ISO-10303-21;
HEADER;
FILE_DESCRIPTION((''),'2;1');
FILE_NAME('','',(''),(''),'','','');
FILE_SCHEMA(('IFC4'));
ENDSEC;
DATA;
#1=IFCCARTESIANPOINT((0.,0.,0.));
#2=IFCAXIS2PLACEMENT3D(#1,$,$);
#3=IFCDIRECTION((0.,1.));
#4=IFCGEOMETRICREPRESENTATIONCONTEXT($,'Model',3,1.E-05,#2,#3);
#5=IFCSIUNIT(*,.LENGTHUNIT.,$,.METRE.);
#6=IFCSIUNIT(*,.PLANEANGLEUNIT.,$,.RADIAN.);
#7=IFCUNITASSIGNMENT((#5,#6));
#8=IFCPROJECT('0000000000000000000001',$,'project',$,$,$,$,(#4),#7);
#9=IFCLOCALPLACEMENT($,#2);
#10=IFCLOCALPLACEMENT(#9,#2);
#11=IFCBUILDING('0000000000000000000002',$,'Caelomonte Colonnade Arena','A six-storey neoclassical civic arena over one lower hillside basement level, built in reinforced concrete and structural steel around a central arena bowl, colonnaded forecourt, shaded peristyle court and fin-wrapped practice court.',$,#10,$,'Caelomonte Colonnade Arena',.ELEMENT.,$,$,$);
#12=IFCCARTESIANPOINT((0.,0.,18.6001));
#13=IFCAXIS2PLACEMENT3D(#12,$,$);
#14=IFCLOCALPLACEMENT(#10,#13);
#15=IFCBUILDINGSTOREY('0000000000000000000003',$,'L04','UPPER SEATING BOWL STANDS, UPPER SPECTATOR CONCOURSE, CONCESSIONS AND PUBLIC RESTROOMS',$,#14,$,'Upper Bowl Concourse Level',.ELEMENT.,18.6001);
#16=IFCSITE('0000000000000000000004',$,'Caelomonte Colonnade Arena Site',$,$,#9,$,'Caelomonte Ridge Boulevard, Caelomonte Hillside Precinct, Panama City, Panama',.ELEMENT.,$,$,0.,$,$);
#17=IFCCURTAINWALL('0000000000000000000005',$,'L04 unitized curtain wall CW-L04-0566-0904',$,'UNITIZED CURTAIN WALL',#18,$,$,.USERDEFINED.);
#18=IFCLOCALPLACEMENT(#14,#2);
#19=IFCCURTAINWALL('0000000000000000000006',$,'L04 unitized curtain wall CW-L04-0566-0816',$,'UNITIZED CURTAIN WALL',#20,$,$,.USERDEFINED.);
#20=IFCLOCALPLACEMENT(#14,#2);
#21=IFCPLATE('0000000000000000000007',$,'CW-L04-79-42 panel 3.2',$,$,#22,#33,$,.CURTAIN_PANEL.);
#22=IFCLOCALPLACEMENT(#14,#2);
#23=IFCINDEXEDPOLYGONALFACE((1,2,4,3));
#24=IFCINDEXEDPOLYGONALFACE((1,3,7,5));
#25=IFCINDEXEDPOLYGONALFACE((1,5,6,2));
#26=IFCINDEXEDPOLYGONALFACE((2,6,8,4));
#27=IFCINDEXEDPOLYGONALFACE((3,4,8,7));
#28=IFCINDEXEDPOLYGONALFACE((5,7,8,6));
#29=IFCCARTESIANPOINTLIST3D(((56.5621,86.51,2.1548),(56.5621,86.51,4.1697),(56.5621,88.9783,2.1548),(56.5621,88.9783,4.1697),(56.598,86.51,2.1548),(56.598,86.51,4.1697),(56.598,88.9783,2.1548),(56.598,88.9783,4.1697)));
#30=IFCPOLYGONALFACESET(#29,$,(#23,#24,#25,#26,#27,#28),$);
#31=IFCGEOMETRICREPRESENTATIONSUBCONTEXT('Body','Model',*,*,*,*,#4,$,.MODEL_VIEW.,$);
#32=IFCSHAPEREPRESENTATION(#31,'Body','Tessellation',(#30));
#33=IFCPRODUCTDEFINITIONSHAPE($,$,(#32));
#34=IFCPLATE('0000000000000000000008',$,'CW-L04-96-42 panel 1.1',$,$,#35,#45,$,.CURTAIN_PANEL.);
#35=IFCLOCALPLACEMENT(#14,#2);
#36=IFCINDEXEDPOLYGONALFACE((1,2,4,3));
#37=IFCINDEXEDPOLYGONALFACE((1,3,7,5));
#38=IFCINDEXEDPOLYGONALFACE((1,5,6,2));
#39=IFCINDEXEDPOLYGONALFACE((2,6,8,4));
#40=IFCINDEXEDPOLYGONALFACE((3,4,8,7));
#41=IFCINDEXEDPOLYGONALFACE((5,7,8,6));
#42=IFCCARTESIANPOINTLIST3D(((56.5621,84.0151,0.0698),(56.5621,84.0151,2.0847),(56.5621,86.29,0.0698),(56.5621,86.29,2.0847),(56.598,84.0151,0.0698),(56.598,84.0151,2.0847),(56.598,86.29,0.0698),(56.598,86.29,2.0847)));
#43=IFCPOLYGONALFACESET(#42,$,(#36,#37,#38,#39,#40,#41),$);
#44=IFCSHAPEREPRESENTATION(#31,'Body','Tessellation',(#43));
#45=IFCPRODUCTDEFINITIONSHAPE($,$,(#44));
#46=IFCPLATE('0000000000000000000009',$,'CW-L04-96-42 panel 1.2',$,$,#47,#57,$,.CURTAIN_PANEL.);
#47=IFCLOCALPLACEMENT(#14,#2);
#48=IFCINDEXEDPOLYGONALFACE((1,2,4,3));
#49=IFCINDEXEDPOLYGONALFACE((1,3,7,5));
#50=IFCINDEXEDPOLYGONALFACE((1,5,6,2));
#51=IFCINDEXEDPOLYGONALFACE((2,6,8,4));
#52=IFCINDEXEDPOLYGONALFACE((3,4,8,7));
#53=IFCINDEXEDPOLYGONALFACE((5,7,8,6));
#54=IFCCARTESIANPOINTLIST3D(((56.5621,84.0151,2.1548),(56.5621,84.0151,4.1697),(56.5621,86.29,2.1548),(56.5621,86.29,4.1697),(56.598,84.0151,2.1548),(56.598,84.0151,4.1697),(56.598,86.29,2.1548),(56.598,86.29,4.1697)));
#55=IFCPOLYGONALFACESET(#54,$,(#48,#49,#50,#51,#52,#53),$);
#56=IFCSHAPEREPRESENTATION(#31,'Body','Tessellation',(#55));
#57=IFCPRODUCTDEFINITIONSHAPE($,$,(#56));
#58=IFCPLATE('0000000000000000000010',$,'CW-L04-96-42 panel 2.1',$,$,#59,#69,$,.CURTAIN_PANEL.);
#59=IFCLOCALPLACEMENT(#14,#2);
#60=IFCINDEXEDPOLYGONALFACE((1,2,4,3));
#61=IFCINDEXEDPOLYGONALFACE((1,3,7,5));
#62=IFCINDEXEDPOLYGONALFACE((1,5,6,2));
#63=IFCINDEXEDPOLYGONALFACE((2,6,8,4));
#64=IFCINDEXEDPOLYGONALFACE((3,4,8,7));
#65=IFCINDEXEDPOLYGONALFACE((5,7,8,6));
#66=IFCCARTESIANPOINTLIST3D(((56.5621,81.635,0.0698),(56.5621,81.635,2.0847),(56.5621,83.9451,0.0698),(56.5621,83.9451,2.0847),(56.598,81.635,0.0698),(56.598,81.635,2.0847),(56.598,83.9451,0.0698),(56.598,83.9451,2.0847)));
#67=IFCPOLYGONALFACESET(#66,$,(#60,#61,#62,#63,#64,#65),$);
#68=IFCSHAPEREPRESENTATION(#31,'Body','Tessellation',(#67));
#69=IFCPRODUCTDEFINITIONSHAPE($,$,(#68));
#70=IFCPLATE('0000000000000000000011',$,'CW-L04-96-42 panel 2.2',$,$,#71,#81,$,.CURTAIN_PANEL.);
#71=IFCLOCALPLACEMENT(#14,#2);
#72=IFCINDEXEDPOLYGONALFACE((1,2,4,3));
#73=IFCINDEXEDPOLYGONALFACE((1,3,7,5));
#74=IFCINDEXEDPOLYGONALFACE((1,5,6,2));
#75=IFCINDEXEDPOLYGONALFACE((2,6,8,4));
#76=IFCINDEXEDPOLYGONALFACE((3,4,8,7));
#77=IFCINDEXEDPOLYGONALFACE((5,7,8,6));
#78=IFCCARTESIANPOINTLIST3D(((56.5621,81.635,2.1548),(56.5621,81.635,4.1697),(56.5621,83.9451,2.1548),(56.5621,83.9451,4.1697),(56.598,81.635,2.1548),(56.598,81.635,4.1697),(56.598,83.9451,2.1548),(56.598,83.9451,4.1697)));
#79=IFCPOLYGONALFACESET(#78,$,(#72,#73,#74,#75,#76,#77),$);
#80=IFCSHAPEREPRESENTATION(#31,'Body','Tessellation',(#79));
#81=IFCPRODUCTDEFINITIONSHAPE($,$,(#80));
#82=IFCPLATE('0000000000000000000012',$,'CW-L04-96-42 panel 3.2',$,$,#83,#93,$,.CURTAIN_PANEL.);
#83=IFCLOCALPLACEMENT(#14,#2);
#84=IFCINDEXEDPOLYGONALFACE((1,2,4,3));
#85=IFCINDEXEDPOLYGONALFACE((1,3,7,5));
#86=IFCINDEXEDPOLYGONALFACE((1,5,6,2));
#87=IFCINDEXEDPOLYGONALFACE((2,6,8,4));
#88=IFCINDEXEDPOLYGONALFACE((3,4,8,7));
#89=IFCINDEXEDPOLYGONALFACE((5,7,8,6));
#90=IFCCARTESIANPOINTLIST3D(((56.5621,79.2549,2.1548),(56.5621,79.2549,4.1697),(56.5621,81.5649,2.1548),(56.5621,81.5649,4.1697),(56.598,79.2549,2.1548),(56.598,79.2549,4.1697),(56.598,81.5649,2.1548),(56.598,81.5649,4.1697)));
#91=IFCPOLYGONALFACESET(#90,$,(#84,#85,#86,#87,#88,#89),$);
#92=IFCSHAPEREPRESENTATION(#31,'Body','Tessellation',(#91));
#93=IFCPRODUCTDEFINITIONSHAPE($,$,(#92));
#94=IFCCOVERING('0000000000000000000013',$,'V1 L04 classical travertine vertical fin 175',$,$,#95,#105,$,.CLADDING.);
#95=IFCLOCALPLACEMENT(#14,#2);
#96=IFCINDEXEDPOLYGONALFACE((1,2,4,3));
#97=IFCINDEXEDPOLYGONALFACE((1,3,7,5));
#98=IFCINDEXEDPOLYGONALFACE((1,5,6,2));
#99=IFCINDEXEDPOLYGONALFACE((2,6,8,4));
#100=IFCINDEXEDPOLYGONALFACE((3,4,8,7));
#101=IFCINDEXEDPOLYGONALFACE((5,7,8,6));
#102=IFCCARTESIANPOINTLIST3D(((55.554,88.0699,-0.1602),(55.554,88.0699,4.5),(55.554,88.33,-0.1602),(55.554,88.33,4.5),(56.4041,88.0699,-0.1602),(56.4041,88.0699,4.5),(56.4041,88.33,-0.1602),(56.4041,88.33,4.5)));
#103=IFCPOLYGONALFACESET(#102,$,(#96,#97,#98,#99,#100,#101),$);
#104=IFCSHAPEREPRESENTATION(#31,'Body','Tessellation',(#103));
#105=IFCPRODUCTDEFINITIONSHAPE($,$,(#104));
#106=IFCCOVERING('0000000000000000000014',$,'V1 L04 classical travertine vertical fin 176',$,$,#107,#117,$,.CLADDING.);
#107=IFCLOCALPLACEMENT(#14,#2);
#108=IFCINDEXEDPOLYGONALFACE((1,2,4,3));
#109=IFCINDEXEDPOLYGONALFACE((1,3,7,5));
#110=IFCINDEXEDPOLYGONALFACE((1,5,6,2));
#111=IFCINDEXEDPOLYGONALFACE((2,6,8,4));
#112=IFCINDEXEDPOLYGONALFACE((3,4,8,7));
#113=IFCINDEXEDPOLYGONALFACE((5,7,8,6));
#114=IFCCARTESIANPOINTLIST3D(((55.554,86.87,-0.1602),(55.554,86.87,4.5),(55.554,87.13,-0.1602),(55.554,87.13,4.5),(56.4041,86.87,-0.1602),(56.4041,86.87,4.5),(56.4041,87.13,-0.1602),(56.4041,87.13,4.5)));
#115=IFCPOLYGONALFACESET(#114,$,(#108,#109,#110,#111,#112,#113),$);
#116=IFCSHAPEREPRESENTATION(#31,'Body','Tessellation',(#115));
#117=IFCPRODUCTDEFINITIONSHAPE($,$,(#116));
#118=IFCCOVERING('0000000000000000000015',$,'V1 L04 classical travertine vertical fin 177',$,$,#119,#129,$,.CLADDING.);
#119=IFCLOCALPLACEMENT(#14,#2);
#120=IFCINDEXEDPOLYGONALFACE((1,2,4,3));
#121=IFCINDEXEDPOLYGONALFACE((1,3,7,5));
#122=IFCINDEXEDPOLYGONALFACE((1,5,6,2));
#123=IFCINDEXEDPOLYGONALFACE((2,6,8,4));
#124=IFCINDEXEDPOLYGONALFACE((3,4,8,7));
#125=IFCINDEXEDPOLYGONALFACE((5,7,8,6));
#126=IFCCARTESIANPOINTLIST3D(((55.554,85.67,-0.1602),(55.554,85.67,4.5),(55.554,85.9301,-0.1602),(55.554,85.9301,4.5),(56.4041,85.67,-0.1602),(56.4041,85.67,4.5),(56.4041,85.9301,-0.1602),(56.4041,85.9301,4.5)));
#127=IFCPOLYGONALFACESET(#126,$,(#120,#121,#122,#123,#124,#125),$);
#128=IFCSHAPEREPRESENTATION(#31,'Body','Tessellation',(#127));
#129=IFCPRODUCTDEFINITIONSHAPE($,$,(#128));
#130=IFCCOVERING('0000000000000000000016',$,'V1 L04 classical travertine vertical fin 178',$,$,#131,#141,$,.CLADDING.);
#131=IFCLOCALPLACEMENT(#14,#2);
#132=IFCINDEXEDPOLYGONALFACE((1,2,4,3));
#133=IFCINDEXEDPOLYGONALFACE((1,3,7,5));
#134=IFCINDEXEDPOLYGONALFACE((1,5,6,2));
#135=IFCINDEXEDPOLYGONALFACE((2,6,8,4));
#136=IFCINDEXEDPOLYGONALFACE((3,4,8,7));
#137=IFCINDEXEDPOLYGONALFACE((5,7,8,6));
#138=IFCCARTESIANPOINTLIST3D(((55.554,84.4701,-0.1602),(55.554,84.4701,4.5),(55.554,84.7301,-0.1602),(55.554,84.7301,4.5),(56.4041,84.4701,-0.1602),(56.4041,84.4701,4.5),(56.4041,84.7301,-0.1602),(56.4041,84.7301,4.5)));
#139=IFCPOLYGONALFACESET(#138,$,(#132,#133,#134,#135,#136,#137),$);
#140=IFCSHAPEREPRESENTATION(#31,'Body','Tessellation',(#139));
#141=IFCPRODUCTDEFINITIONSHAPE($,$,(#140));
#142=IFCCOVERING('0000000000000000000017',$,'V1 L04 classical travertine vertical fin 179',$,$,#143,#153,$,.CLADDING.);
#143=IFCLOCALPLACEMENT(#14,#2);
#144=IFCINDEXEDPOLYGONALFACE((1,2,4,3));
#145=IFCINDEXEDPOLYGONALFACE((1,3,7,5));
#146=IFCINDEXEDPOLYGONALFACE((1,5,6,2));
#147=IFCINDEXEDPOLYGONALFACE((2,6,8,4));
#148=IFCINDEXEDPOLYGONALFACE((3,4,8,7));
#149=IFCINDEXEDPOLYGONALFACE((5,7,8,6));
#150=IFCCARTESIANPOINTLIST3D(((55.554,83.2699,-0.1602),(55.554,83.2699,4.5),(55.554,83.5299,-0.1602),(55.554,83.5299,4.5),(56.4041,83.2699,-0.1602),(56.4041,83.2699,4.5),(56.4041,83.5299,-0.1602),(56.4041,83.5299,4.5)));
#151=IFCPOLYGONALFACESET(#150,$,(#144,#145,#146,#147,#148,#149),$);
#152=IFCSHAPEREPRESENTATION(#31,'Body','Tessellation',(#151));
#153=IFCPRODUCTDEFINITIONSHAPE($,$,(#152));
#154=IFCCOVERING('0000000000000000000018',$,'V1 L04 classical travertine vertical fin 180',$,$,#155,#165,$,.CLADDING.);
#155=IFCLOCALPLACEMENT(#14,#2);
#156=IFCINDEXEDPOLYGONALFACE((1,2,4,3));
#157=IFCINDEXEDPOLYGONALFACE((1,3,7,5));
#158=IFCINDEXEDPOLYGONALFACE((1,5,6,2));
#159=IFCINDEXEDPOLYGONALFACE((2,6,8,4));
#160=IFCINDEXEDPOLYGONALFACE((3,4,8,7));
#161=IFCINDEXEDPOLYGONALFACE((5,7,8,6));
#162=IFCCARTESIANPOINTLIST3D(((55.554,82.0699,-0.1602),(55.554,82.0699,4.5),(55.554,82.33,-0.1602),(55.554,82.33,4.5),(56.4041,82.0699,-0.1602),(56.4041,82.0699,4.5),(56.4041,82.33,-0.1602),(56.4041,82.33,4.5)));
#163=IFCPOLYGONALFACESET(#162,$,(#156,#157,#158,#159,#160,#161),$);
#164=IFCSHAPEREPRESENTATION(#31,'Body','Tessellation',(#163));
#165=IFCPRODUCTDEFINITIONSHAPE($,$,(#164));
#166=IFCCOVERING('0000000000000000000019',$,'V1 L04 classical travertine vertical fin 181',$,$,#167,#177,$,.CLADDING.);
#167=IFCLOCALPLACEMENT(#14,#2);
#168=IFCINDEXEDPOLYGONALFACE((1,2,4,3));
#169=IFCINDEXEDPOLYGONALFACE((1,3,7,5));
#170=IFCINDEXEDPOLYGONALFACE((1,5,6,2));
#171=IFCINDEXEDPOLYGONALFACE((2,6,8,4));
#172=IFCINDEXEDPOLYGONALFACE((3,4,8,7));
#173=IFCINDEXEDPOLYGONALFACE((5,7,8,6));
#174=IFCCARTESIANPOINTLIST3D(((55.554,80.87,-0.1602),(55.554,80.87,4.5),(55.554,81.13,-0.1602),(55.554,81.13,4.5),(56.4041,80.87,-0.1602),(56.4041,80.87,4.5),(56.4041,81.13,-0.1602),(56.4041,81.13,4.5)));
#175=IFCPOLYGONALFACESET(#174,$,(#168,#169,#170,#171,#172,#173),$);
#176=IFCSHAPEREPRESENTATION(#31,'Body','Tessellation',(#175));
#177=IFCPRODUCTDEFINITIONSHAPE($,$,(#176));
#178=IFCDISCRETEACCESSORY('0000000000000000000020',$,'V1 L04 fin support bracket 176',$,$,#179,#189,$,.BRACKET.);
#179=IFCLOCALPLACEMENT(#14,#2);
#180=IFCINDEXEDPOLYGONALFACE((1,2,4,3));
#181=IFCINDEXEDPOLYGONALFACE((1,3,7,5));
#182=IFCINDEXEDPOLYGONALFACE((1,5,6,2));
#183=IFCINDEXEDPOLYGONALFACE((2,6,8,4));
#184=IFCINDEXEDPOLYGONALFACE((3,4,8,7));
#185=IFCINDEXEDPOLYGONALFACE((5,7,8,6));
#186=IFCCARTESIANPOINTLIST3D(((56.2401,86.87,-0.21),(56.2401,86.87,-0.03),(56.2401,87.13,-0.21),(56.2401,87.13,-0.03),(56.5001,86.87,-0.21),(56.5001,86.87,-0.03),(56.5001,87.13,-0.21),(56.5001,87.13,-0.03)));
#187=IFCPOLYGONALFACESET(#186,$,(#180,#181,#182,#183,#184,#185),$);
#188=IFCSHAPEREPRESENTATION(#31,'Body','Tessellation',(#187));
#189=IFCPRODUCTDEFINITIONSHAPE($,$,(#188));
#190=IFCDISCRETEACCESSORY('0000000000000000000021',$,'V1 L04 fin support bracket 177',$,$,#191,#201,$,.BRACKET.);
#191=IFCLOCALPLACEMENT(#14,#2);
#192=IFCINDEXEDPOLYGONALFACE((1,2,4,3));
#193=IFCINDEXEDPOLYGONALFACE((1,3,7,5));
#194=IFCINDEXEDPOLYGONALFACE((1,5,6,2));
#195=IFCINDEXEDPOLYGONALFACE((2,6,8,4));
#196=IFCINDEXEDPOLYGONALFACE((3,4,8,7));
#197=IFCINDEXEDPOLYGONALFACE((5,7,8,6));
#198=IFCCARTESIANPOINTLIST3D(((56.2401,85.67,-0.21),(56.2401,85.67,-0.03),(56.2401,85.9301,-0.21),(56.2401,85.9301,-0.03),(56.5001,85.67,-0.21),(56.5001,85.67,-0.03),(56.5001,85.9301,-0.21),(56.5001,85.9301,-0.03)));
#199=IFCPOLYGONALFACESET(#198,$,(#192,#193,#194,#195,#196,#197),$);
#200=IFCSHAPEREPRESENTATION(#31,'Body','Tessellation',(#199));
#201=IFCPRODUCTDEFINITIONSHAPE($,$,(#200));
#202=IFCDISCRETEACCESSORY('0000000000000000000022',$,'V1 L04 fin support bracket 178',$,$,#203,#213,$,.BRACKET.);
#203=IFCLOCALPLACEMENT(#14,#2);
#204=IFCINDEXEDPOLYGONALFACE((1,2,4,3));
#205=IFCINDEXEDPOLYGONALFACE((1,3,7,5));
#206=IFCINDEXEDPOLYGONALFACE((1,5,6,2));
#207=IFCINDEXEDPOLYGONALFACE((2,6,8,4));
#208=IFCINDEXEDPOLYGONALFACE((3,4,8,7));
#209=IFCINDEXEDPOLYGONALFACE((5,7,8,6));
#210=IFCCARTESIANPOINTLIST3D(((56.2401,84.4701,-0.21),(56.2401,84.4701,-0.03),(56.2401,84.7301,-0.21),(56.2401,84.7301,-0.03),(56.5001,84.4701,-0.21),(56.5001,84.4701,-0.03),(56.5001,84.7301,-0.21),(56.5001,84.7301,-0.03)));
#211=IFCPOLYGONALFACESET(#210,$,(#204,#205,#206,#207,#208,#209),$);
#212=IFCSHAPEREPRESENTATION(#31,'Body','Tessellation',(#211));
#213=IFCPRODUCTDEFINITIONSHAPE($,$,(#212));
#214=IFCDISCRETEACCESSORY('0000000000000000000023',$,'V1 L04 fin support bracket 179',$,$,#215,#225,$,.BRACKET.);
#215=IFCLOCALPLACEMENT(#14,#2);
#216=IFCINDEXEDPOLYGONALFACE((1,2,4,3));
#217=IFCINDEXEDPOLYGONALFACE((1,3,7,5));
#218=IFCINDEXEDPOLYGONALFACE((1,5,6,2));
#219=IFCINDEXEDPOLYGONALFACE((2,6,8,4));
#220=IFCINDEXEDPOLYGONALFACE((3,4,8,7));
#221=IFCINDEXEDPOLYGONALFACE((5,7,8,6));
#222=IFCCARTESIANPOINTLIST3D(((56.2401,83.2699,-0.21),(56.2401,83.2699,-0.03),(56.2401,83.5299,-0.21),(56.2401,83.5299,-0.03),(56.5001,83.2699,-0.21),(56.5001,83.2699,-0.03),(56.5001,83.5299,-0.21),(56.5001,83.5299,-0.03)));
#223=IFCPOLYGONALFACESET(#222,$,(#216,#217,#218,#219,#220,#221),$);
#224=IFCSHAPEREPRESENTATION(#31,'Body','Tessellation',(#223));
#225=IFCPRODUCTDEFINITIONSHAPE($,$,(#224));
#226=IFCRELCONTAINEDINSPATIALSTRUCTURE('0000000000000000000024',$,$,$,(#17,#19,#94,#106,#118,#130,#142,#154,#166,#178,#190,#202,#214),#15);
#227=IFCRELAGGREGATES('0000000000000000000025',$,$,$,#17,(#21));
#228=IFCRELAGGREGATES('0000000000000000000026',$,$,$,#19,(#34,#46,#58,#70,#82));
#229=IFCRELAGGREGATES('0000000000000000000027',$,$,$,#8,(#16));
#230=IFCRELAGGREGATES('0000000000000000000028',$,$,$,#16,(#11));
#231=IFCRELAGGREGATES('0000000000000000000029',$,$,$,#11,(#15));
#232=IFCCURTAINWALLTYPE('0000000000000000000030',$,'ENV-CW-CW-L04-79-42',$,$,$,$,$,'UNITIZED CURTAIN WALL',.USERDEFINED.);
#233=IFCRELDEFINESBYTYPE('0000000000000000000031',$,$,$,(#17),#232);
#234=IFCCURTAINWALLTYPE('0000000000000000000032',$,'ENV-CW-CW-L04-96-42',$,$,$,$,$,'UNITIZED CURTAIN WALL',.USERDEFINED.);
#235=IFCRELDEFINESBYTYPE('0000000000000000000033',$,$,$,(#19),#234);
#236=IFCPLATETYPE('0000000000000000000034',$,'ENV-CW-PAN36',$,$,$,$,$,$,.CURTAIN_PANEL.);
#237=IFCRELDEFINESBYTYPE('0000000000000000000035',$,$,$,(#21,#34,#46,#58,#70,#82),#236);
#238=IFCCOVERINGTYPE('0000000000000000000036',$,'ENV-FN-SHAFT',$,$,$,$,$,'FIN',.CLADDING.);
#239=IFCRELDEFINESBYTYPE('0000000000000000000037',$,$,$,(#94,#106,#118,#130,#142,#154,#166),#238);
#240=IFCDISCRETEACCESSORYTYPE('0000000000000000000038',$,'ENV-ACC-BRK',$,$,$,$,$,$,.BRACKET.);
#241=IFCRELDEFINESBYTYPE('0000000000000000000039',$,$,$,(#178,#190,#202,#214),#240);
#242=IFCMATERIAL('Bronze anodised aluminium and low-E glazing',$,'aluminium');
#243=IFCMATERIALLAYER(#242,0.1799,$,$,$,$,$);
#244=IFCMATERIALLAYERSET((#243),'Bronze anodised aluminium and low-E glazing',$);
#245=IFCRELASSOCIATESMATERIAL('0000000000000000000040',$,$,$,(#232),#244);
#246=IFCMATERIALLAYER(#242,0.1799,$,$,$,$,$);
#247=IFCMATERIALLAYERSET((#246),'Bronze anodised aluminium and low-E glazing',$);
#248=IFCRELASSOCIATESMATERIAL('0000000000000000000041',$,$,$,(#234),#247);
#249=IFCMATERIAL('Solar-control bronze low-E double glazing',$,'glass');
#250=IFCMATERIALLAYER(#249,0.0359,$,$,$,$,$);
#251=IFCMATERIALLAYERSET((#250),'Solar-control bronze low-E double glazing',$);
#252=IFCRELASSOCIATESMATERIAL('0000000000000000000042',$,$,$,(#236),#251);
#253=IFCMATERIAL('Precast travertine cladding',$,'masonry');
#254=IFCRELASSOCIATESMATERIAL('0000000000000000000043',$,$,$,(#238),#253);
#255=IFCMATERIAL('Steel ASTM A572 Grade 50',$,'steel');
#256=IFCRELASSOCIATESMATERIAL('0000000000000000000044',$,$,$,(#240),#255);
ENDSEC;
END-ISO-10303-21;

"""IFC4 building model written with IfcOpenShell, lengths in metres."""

from ifc_helpers import new_model, si_unit, direction, frame, origin, origin_2d, place, context, subcontext, project, spatial, rectangle, extrude, material, layer, layer_set, material_profile, profile_set, type_object, element, aggregate, save


model = new_model("IFC4")

# Units and contexts
model_context = context("Model", 3, precision=1e-05, world=origin(), true_north=direction((0.0, 1.0)))
body_context = subcontext(model_context, "Body", "Model", "MODEL_VIEW")
ifc_project = project(units=[si_unit("LENGTHUNIT", "METRE"), si_unit("PLANEANGLEUNIT", "RADIAN")], contexts=[model_context])

# Site, building, storey
site_placement = place(None, origin())
site = spatial("IfcSite", under=ifc_project, at=site_placement, Name="Caelomonte Colonnade Arena Site", LongName="Caelomonte Ridge Boulevard, Caelomonte Hillside Precinct, Panama City, Panama", CompositionType="ELEMENT", RefElevation=0.0)
building_placement = place(site_placement, origin())
building = spatial("IfcBuilding", under=site, at=building_placement, Name="Caelomonte Colonnade Arena", Description="A six-storey neoclassical civic arena over one lower hillside basement level, built in reinforced concrete and structural steel around a central arena bowl, colonnaded forecourt, shaded peristyle court and fin-wrapped practice court.", LongName="Caelomonte Colonnade Arena", CompositionType="ELEMENT")
storey_placement = place(building_placement, frame((0.0, 0.0, 18.6001)))
storey = spatial("IfcBuildingStorey", under=building, at=storey_placement, Name="L04", Description="UPPER SEATING BOWL STANDS, UPPER SPECTATOR CONCOURSE, CONCESSIONS AND PUBLIC RESTROOMS", LongName="Upper Bowl Concourse Level", CompositionType="ELEMENT", Elevation=18.6001)

# Curtain wall
ifc_material_1 = material(Name="Bronze anodised aluminium and low-E glazing", Category="aluminium")
ifc_layer_1 = layer(ifc_material_1, 0.1799)
ifc_layer_set_1 = layer_set([ifc_layer_1], Name="Bronze anodised aluminium and low-E glazing")
curtain_wall_type_1 = type_object("IfcCurtainWallType", Name="ENV-CW-CW-L04-79-42", ElementType="UNITIZED CURTAIN WALL", PredefinedType="USERDEFINED", material=ifc_layer_set_1)
curtain_wall_1_placement = place(storey_placement, origin())
curtain_wall_1 = element("IfcCurtainWall", 1, at=curtain_wall_1_placement, inside=storey, type_object=curtain_wall_type_1, Name="L04 unitized curtain wall CW-L04-0566-0904", ObjectType="UNITIZED CURTAIN WALL", PredefinedType="USERDEFINED")

# Curtain wall
ifc_layer_2 = layer(ifc_material_1, 0.1799)
ifc_layer_set_2 = layer_set([ifc_layer_2], Name="Bronze anodised aluminium and low-E glazing")
curtain_wall_type_2 = type_object("IfcCurtainWallType", Name="ENV-CW-CW-L04-96-42", ElementType="UNITIZED CURTAIN WALL", PredefinedType="USERDEFINED", material=ifc_layer_set_2)
curtain_wall_2_placement = place(storey_placement, origin())
curtain_wall_2 = element("IfcCurtainWall", 2, at=curtain_wall_2_placement, inside=storey, type_object=curtain_wall_type_2, Name="L04 unitized curtain wall CW-L04-0566-0816", ObjectType="UNITIZED CURTAIN WALL", PredefinedType="USERDEFINED")

# Plates
ifc_material_2 = material(Name="Solar-control bronze low-E double glazing", Category="glass")
ifc_layer_3 = layer(ifc_material_2, 0.0359)
ifc_layer_set_3 = layer_set([ifc_layer_3], Name="Solar-control bronze low-E double glazing")
plate_type = type_object("IfcPlateType", Name="ENV-CW-PAN36", PredefinedType="CURTAIN_PANEL", material=ifc_layer_set_3)
plate_1_placement = place(storey_placement, frame((56.5801, 87.7441, 2.1548), z_axis=(0.0, 0.0, 1.0), x_axis=(0.0, -1.0, 0.0)))
plate_1 = element("IfcPlate", 3, at=plate_1_placement, type_object=plate_type, Name="CW-L04-79-42 panel 3.2", PredefinedType="CURTAIN_PANEL", context=body_context, shape_type="SweptSolid", body=[
    extrude(rectangle(XDim=2.4683, YDim=0.0359, at=origin_2d()), origin(), (0.0, 0.0, 1.0), 2.0149),
])
aggregate(curtain_wall_1, [plate_1])
plate_2_placement = place(storey_placement, frame((56.5801, 85.1526, 0.0698), z_axis=(0.0, 0.0, 1.0), x_axis=(0.0, -1.0, 0.0)))
plate_2 = element("IfcPlate", 4, at=plate_2_placement, type_object=plate_type, Name="CW-L04-96-42 panel 1.1", PredefinedType="CURTAIN_PANEL", context=body_context, shape_type="SweptSolid", body=[
    extrude(rectangle(XDim=2.2749, YDim=0.0359, at=origin_2d()), origin(), (0.0, 0.0, 1.0), 2.0149),
])
plate_3_placement = place(storey_placement, frame((56.5801, 85.1526, 2.1548), z_axis=(0.0, 0.0, 1.0), x_axis=(0.0, -1.0, 0.0)))
plate_3 = element("IfcPlate", 5, at=plate_3_placement, type_object=plate_type, Name="CW-L04-96-42 panel 1.2", PredefinedType="CURTAIN_PANEL", context=body_context, shape_type="SweptSolid", body=[
    extrude(rectangle(XDim=2.2749, YDim=0.0359, at=origin_2d()), origin(), (0.0, 0.0, 1.0), 2.0149),
])
plate_4_placement = place(storey_placement, frame((56.5801, 82.79, 0.0698), z_axis=(0.0, 0.0, 1.0), x_axis=(0.0, -1.0, 0.0)))
plate_4 = element("IfcPlate", 6, at=plate_4_placement, type_object=plate_type, Name="CW-L04-96-42 panel 2.1", PredefinedType="CURTAIN_PANEL", context=body_context, shape_type="SweptSolid", body=[
    extrude(rectangle(XDim=2.3101, YDim=0.0359, at=origin_2d()), origin(), (0.0, 0.0, 1.0), 2.0149),
])
plate_5_placement = place(storey_placement, frame((56.5801, 82.79, 2.1548), z_axis=(0.0, 0.0, 1.0), x_axis=(0.0, -1.0, 0.0)))
plate_5 = element("IfcPlate", 7, at=plate_5_placement, type_object=plate_type, Name="CW-L04-96-42 panel 2.2", PredefinedType="CURTAIN_PANEL", context=body_context, shape_type="SweptSolid", body=[
    extrude(rectangle(XDim=2.3101, YDim=0.0359, at=origin_2d()), origin(), (0.0, 0.0, 1.0), 2.0149),
])
plate_6_placement = place(storey_placement, frame((56.5801, 80.4099, 2.1548), z_axis=(0.0, 0.0, 1.0), x_axis=(0.0, -1.0, 0.0)))
plate_6 = element("IfcPlate", 8, at=plate_6_placement, type_object=plate_type, Name="CW-L04-96-42 panel 3.2", PredefinedType="CURTAIN_PANEL", context=body_context, shape_type="SweptSolid", body=[
    extrude(rectangle(XDim=2.3101, YDim=0.0359, at=origin_2d()), origin(), (0.0, 0.0, 1.0), 2.0149),
])
aggregate(curtain_wall_2, [plate_2, plate_3, plate_4, plate_5, plate_6])

# Coverings
ifc_material_3 = material(Name="Precast travertine cladding", Category="masonry")
ifc_material_profile_1 = material_profile(ifc_material_3, rectangle(XDim=0.26, YDim=0.8501, at=origin_2d()), Name="FIN260X850")
ifc_profile_set_1 = profile_set([ifc_material_profile_1], Name="Precast travertine cladding")
covering_type = type_object("IfcCoveringType", Name="ENV-FN-SHAFT", ElementType="FIN", PredefinedType="CLADDING", material=ifc_profile_set_1)
for number, where, z_axis, x_axis, name in (
    (9, (55.979, 88.2, -0.1602), (0.0, 0.0, 1.0), (0.0, 1.0, 0.0), "V1 L04 classical travertine vertical fin 175"),
    (10, (55.979, 87.0, -0.1602), (0.0, 0.0, 1.0), (0.0, 1.0, 0.0), "V1 L04 classical travertine vertical fin 176"),
    (11, (55.979, 85.8, -0.1602), (0.0, 0.0, 1.0), (0.0, 1.0, 0.0), "V1 L04 classical travertine vertical fin 177"),
    (12, (55.979, 84.6001, -0.1602), (0.0, 0.0, 1.0), (0.0, 1.0, 0.0), "V1 L04 classical travertine vertical fin 178"),
    (13, (55.979, 83.3999, -0.1602), (0.0, 0.0, 1.0), (0.0, 1.0, 0.0), "V1 L04 classical travertine vertical fin 179"),
    (14, (55.979, 82.2, -0.1602), (0.0, 0.0, 1.0), (0.0, 1.0, 0.0), "V1 L04 classical travertine vertical fin 180"),
    (15, (55.979, 81.0, -0.1602), (0.0, 0.0, 1.0), (0.0, 1.0, 0.0), "V1 L04 classical travertine vertical fin 181"),
):
    element("IfcCovering", number, at=place(storey_placement, frame(where, z_axis=z_axis, x_axis=x_axis)), inside=storey, type_object=covering_type, Name=name, PredefinedType="CLADDING", context=body_context, shape_type="SweptSolid", body=[
        extrude(rectangle(XDim=0.26, YDim=0.8501, at=origin_2d()), origin(), (0.0, 0.0, 1.0), 4.6602),
    ])

# Discrete accessories
ifc_material_4 = material(Name="Steel ASTM A572 Grade 50", Category="steel")
discrete_accessory_type = type_object("IfcDiscreteAccessoryType", Name="ENV-ACC-BRK", PredefinedType="BRACKET", material=ifc_material_4)
for number, where, z_axis, x_axis, name in (
    (16, (56.3701, 87.0, -0.21), (0.0, 0.0, 1.0), (0.0, -1.0, 0.0), "V1 L04 fin support bracket 176"),
    (17, (56.3701, 85.8, -0.21), (0.0, 0.0, 1.0), (0.0, -1.0, 0.0), "V1 L04 fin support bracket 177"),
    (18, (56.3701, 84.6001, -0.21), (0.0, 0.0, 1.0), (0.0, -1.0, 0.0), "V1 L04 fin support bracket 178"),
    (19, (56.3701, 83.3999, -0.21), (0.0, 0.0, 1.0), (0.0, -1.0, 0.0), "V1 L04 fin support bracket 179"),
):
    element("IfcDiscreteAccessory", number, at=place(storey_placement, frame(where, z_axis=z_axis, x_axis=x_axis)), inside=storey, type_object=discrete_accessory_type, Name=name, PredefinedType="BRACKET", context=body_context, shape_type="SweptSolid", body=[
        extrude(rectangle(XDim=0.26, YDim=0.26, at=origin_2d()), origin(), (0.0, 0.0, 1.0), 0.1799),
    ])

save(model, "model.ifc")
